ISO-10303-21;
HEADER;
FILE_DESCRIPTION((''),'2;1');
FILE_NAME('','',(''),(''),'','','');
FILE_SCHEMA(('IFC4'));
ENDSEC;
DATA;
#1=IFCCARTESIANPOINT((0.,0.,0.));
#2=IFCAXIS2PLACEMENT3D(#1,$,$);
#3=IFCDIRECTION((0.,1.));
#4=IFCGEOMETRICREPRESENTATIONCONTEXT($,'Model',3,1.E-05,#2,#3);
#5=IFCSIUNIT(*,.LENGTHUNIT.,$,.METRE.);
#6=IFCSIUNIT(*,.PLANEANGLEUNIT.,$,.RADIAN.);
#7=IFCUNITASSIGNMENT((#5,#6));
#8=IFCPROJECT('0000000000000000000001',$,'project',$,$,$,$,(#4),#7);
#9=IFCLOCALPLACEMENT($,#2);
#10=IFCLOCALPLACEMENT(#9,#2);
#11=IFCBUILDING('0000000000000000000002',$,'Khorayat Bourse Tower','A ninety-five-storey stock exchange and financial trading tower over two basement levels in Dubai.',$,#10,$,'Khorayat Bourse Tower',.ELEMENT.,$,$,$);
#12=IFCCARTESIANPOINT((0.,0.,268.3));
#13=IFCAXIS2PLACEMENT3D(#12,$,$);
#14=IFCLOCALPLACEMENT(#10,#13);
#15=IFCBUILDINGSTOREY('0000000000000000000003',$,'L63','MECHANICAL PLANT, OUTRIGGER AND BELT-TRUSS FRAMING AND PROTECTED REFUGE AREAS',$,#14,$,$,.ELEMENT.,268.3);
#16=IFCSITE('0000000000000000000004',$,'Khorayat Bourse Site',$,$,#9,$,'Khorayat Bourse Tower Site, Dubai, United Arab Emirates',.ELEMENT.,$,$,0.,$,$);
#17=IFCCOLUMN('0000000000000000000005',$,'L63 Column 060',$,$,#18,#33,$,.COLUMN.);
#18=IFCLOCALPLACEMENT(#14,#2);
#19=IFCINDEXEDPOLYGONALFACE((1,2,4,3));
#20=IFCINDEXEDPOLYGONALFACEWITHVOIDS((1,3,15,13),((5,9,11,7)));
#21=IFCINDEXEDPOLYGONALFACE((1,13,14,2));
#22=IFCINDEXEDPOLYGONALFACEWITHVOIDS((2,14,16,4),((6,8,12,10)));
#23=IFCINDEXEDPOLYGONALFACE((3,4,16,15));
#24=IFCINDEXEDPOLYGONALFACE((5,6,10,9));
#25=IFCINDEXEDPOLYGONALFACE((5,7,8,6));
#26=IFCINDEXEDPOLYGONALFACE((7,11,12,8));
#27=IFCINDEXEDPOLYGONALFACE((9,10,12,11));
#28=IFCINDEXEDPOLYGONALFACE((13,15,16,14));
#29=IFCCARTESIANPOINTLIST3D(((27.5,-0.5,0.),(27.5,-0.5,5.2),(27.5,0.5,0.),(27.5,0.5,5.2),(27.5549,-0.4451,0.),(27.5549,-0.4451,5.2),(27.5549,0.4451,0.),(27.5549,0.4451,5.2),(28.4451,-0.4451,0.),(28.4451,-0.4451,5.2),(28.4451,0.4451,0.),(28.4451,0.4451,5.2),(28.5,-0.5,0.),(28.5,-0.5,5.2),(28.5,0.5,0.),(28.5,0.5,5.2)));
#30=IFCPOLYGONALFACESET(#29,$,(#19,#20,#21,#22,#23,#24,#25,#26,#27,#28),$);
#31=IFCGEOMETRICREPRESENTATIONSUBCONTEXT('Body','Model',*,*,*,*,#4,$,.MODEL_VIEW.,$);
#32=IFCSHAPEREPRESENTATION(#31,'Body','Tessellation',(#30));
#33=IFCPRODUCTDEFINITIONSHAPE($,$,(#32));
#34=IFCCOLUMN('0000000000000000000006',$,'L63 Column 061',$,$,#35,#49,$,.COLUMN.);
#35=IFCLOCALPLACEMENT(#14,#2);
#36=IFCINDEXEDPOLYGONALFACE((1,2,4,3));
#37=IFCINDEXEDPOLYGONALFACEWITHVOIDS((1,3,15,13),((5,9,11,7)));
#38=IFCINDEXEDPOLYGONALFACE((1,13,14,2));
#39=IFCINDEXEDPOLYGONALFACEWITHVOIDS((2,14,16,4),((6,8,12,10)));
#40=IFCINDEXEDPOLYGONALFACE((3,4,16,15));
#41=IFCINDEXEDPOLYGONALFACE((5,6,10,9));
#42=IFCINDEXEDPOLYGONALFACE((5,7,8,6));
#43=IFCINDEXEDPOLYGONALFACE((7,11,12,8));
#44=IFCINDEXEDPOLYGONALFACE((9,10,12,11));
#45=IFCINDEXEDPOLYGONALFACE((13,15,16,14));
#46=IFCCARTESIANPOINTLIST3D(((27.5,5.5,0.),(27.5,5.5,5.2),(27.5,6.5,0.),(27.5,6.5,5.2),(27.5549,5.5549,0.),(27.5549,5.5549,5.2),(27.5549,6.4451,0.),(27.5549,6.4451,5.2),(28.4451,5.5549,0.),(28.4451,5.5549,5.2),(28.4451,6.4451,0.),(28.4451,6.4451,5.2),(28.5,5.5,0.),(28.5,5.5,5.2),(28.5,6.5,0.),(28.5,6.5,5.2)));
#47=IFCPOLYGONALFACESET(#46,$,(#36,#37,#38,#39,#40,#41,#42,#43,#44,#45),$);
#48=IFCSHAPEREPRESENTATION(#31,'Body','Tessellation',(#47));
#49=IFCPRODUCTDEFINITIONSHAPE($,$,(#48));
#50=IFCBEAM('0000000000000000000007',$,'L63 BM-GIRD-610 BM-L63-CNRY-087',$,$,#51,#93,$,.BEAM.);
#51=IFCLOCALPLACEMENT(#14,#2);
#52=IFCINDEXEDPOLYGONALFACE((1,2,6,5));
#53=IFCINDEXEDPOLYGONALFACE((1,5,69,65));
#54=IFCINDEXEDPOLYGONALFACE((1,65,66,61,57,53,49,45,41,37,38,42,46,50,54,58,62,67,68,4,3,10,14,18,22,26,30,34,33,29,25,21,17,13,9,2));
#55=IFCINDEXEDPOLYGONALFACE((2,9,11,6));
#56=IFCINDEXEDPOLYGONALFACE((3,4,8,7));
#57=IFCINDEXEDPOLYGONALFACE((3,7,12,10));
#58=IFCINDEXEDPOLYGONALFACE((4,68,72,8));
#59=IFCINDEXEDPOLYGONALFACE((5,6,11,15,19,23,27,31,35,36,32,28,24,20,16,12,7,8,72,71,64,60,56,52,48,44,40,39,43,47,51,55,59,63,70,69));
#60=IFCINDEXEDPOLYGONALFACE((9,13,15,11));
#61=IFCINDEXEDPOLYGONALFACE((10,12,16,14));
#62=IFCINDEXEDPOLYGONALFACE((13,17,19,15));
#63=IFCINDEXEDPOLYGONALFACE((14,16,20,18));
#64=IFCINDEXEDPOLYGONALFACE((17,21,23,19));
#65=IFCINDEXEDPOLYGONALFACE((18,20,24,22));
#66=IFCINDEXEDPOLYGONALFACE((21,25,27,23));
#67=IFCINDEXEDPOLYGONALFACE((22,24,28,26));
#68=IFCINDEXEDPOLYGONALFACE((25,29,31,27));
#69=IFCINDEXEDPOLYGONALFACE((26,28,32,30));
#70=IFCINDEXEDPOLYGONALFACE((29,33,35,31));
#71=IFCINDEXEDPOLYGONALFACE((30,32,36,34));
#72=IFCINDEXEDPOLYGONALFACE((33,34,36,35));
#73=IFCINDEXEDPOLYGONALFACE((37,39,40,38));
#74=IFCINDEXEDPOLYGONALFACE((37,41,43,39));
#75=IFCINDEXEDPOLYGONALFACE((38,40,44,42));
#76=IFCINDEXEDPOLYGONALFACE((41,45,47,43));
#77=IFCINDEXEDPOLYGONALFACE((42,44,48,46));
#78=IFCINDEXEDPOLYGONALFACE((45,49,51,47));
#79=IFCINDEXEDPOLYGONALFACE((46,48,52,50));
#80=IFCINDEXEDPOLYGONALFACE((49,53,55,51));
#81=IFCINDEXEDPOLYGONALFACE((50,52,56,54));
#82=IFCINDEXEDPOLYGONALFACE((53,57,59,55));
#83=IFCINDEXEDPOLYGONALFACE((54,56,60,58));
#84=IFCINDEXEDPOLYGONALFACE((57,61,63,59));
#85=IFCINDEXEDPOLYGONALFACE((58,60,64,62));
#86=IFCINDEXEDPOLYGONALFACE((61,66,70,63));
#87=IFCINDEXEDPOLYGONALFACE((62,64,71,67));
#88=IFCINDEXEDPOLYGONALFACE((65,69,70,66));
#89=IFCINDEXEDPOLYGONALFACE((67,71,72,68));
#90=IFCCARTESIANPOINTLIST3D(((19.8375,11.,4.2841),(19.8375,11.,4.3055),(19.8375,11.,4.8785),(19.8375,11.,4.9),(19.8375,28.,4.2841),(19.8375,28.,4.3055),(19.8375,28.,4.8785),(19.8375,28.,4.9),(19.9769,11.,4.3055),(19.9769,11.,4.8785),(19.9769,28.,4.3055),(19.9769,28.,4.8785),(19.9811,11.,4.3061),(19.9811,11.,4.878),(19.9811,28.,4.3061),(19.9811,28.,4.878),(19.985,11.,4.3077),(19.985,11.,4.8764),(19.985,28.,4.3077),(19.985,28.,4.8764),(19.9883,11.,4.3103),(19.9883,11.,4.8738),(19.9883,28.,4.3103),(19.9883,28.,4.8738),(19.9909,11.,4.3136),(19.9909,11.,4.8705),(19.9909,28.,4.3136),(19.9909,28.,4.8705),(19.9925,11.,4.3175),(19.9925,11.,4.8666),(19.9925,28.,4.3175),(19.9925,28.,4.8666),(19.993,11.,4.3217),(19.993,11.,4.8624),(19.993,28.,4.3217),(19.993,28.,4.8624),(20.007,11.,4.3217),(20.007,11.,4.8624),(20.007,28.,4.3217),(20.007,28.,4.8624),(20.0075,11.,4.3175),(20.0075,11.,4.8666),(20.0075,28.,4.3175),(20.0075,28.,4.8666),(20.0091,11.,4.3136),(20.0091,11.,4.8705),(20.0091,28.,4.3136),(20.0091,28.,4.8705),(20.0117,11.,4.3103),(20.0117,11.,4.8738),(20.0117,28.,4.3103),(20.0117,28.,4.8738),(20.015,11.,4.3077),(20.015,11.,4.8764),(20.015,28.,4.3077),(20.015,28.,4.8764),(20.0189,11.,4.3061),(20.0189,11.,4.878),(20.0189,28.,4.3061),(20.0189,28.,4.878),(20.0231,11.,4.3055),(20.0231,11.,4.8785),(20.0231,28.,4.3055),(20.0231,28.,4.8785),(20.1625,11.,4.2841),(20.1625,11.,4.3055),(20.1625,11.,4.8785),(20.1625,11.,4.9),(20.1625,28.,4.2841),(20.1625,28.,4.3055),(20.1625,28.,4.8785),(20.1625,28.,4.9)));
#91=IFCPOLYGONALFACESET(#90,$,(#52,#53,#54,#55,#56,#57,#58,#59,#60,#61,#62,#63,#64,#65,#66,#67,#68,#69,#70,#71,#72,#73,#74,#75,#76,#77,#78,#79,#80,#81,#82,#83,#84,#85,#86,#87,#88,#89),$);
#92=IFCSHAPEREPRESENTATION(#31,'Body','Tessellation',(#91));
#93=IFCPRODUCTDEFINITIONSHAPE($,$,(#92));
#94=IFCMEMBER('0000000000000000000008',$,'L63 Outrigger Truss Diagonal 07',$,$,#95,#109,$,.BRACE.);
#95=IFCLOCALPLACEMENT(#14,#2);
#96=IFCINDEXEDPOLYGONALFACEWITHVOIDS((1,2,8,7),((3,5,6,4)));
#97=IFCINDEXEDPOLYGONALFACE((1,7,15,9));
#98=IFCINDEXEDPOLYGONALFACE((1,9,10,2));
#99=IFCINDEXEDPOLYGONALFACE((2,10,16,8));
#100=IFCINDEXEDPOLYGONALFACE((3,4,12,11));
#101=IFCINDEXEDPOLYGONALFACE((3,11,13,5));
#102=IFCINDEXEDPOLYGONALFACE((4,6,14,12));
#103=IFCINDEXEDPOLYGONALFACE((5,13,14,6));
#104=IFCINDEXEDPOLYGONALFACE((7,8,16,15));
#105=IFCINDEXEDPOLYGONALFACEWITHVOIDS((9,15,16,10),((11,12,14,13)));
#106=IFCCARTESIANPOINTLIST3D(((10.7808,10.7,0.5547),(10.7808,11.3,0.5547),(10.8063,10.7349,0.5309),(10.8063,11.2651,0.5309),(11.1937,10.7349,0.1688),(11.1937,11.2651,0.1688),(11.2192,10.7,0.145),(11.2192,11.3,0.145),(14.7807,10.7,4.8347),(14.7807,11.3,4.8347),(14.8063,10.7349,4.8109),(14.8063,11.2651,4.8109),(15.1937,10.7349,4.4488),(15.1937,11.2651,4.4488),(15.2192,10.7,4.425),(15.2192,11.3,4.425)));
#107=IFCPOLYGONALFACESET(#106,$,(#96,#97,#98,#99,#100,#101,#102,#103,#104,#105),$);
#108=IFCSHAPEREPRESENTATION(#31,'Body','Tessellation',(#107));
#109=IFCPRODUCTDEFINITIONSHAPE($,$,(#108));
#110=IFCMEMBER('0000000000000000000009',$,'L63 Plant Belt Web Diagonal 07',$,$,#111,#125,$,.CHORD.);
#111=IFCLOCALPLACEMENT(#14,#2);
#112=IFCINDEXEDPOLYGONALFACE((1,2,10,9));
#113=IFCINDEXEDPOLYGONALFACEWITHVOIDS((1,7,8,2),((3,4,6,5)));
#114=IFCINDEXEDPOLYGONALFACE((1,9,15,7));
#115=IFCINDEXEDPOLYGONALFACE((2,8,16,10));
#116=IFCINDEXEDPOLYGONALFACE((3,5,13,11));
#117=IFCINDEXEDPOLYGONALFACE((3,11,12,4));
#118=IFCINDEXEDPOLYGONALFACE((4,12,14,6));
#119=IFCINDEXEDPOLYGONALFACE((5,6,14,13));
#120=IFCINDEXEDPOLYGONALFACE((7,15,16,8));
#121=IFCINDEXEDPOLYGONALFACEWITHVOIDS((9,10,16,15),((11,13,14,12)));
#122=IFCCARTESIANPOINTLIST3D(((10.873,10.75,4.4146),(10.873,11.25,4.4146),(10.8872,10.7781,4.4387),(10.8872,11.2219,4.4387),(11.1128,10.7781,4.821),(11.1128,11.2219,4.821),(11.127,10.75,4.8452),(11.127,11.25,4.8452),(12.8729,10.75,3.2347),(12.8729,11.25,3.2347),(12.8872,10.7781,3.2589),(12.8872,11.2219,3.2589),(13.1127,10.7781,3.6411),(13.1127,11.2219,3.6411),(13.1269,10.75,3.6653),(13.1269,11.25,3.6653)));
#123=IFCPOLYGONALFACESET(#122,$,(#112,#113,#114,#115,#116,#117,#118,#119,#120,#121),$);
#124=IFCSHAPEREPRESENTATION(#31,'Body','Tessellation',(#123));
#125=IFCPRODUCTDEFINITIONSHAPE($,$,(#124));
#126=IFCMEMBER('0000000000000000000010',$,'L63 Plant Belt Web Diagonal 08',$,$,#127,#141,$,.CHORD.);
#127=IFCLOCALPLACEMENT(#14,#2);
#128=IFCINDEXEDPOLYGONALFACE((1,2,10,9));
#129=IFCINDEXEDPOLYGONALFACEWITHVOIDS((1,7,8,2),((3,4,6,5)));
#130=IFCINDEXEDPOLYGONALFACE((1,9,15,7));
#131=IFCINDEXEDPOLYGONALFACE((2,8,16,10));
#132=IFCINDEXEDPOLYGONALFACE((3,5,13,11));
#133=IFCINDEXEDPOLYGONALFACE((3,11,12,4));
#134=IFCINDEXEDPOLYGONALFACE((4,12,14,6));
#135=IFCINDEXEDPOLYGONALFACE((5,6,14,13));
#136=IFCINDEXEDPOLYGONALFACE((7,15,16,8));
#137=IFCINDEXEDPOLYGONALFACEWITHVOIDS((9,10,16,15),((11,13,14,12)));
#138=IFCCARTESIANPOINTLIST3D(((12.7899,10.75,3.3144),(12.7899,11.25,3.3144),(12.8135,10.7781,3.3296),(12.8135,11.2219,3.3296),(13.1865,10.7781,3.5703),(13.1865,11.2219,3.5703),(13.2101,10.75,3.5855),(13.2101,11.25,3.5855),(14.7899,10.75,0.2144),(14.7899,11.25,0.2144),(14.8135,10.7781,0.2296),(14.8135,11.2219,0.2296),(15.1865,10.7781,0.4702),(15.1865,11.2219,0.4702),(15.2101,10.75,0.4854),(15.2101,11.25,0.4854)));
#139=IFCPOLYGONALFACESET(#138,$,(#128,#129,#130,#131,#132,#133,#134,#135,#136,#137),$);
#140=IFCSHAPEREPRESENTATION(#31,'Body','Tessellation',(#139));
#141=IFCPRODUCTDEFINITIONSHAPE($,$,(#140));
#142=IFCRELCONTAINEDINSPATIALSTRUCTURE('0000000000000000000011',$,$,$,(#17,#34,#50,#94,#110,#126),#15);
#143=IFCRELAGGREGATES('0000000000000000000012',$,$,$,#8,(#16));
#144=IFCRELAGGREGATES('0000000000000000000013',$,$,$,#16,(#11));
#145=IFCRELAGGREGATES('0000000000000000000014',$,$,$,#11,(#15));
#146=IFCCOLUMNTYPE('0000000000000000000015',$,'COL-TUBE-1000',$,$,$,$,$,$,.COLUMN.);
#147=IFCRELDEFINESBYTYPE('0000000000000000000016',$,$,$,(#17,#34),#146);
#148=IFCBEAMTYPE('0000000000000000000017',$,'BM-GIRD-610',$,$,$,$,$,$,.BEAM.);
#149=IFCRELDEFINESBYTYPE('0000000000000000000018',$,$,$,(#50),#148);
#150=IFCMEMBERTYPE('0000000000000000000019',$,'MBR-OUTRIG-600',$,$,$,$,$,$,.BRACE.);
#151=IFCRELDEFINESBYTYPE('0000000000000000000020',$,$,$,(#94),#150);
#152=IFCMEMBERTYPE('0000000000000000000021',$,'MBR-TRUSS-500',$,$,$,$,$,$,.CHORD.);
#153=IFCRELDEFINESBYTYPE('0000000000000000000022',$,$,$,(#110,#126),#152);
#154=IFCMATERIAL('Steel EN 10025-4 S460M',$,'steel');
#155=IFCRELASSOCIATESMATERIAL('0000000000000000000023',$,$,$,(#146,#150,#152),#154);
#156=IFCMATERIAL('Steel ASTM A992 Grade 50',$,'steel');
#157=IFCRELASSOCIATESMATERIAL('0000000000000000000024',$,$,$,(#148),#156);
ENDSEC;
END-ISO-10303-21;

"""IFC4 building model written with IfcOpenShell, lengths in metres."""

from ifc_helpers import new_model, si_unit, direction, frame, origin, origin_2d, place, context, subcontext, project, spatial, hollow_rectangle, i_section, extrude, source, transform, mapped, material, material_profile, profile_set, type_object, element, save


model = new_model("IFC4")

# Units and contexts
model_context = context("Model", 3, precision=1e-05, world=origin(), true_north=direction((0.0, 1.0)))
body_context = subcontext(model_context, "Body", "Model", "MODEL_VIEW")
ifc_project = project(units=[si_unit("LENGTHUNIT", "METRE"), si_unit("PLANEANGLEUNIT", "RADIAN")], contexts=[model_context])

# Site, building, storey
site_placement = place(None, origin())
site = spatial("IfcSite", under=ifc_project, at=site_placement, Name="Khorayat Bourse Site", LongName="Khorayat Bourse Tower Site, Dubai, United Arab Emirates", CompositionType="ELEMENT", RefElevation=0.0)
building_placement = place(site_placement, origin())
building = spatial("IfcBuilding", under=site, at=building_placement, Name="Khorayat Bourse Tower", Description="A ninety-five-storey stock exchange and financial trading tower over two basement levels in Dubai.", LongName="Khorayat Bourse Tower", CompositionType="ELEMENT")
storey_placement = place(building_placement, frame((0.0, 0.0, 268.3)))
storey = spatial("IfcBuildingStorey", under=building, at=storey_placement, Name="L63", Description="MECHANICAL PLANT, OUTRIGGER AND BELT-TRUSS FRAMING AND PROTECTED REFUGE AREAS", CompositionType="ELEMENT", Elevation=268.3)

# Columns
ifc_material_1 = material(Name="Steel EN 10025-4 S460M", Category="steel")
ifc_material_profile_1 = material_profile(ifc_material_1, hollow_rectangle(XDim=1.0, YDim=1.0, WallThickness=0.0549, at=origin_2d()), Name="BOX 1000x1000x55")
ifc_profile_set_1 = profile_set([ifc_material_profile_1], Name="Steel EN 10025-4 S460M")
column_type = type_object("IfcColumnType", Name="COL-TUBE-1000", PredefinedType="COLUMN", material=ifc_profile_set_1)
shared_shape_1 = source(origin(), body_context, "Body", "SweptSolid", [
    extrude(hollow_rectangle(XDim=1.0, YDim=1.0, WallThickness=0.0549, at=origin_2d()), origin(), (0.0, 0.0, 1.0), 5.2),
])
for number, where, z_axis, x_axis, name in (
    (1, (28.0, 0.0, 0.0), (0.0, 0.0, 1.0), (1.0, 0.0, 0.0), "L63 Column 060"),
    (2, (28.0, 6.0, 0.0), (0.0, 0.0, 1.0), (1.0, 0.0, 0.0), "L63 Column 061"),
):
    element("IfcColumn", number, at=place(storey_placement, frame(where, z_axis=z_axis, x_axis=x_axis)), inside=storey, type_object=column_type, Name=name, PredefinedType="COLUMN", context=body_context, shape_type="MappedRepresentation", body=[
        mapped(shared_shape_1, transform((0.0, 0.0, 0.0), scale=1.0)),
    ])

# Beam
ifc_material_2 = material(Name="Steel ASTM A992 Grade 50", Category="steel")
ifc_material_profile_2 = material_profile(ifc_material_2, i_section(OverallWidth=0.325, OverallDepth=0.616, WebThickness=0.0139, FlangeThickness=0.0215, FilletRadius=0.0161, at=origin_2d()), Name="W610X174")
ifc_profile_set_2 = profile_set([ifc_material_profile_2], Name="Steel ASTM A992 Grade 50")
beam_type_1 = type_object("IfcBeamType", Name="BM-GIRD-610", PredefinedType="BEAM", material=ifc_profile_set_2)
shared_shape_2 = source(origin(), body_context, "Body", "SweptSolid", [
    extrude(i_section(OverallWidth=0.325, OverallDepth=0.616, WebThickness=0.0139, FlangeThickness=0.0215, FilletRadius=0.0161, at=origin_2d()), origin(), (0.0, 0.0, 1.0), 17.0),
])
beam_1_placement = place(storey_placement, frame((20.0, 11.0, 4.592), z_axis=(0.0, 1.0, 0.0), x_axis=(-1.0, 0.0, 0.0)))
element("IfcBeam", 3, at=beam_1_placement, inside=storey, type_object=beam_type_1, Name="L63 BM-GIRD-610 BM-L63-CNRY-087", PredefinedType="BEAM", context=body_context, shape_type="MappedRepresentation", body=[
    mapped(shared_shape_2, transform((0.0, 0.0, 0.0), scale=1.0)),
])

# Members
ifc_material_profile_3 = material_profile(ifc_material_1, hollow_rectangle(XDim=0.6001, YDim=0.6001, WallThickness=0.0349, at=origin_2d()), Name="BOX 600x600x35")
ifc_profile_set_3 = profile_set([ifc_material_profile_3], Name="Steel EN 10025-4 S460M")
member_type_1 = type_object("IfcMemberType", Name="MBR-OUTRIG-600", PredefinedType="BRACE", material=ifc_profile_set_3)
shared_shape_3 = source(origin(), body_context, "Body", "SweptSolid", [
    extrude(hollow_rectangle(XDim=0.6001, YDim=0.6001, WallThickness=0.0349, at=origin_2d()), origin(), (0.0, 0.0, 1.0), 5.8582),
])
member_1_placement = place(storey_placement, frame((11.0, 11.0, 0.3499), z_axis=(0.682802, 0.0, 0.730603), x_axis=(0.0, 1.0, 0.0)))
element("IfcMember", 4, at=member_1_placement, inside=storey, type_object=member_type_1, Name="L63 Outrigger Truss Diagonal 07", PredefinedType="BRACE", context=body_context, shape_type="MappedRepresentation", body=[
    mapped(shared_shape_3, transform((0.0, 0.0, 0.0), scale=1.0)),
])
ifc_material_profile_4 = material_profile(ifc_material_1, hollow_rectangle(XDim=0.5, YDim=0.5, WallThickness=0.0281, at=origin_2d()), Name="HSS 500x500x28")
ifc_profile_set_4 = profile_set([ifc_material_profile_4], Name="Steel EN 10025-4 S460M")
member_type_2 = type_object("IfcMemberType", Name="MBR-TRUSS-500", PredefinedType="CHORD", material=ifc_profile_set_4)
shared_shape_4 = source(origin(), body_context, "Body", "SweptSolid", [
    extrude(hollow_rectangle(XDim=0.5, YDim=0.5, WallThickness=0.0281, at=origin_2d()), origin(), (0.0, 0.0, 1.0), 2.322),
])
member_2_placement = place(storey_placement, frame((11.0, 11.0, 4.6299), z_axis=(0.861282, 0.0, -0.508127), x_axis=(0.0, 1.0, 0.0)))
element("IfcMember", 5, at=member_2_placement, inside=storey, type_object=member_type_2, Name="L63 Plant Belt Web Diagonal 07", PredefinedType="CHORD", context=body_context, shape_type="MappedRepresentation", body=[
    mapped(shared_shape_4, transform((0.0, 0.0, 0.0), scale=1.0)),
])
shared_shape_5 = source(origin(), body_context, "Body", "SweptSolid", [
    extrude(hollow_rectangle(XDim=0.5, YDim=0.5, WallThickness=0.0281, at=origin_2d()), origin(), (0.0, 0.0, 1.0), 3.6892),
])
member_3_placement = place(storey_placement, frame((13.0, 11.0, 3.45), z_axis=(0.542115, 0.0, -0.840304), x_axis=(0.0, 1.0, 0.0)))
element("IfcMember", 6, at=member_3_placement, inside=storey, type_object=member_type_2, Name="L63 Plant Belt Web Diagonal 08", PredefinedType="CHORD", context=body_context, shape_type="MappedRepresentation", body=[
    mapped(shared_shape_5, transform((0.0, 0.0, 0.0), scale=1.0)),
])

save(model, "model.ifc")
